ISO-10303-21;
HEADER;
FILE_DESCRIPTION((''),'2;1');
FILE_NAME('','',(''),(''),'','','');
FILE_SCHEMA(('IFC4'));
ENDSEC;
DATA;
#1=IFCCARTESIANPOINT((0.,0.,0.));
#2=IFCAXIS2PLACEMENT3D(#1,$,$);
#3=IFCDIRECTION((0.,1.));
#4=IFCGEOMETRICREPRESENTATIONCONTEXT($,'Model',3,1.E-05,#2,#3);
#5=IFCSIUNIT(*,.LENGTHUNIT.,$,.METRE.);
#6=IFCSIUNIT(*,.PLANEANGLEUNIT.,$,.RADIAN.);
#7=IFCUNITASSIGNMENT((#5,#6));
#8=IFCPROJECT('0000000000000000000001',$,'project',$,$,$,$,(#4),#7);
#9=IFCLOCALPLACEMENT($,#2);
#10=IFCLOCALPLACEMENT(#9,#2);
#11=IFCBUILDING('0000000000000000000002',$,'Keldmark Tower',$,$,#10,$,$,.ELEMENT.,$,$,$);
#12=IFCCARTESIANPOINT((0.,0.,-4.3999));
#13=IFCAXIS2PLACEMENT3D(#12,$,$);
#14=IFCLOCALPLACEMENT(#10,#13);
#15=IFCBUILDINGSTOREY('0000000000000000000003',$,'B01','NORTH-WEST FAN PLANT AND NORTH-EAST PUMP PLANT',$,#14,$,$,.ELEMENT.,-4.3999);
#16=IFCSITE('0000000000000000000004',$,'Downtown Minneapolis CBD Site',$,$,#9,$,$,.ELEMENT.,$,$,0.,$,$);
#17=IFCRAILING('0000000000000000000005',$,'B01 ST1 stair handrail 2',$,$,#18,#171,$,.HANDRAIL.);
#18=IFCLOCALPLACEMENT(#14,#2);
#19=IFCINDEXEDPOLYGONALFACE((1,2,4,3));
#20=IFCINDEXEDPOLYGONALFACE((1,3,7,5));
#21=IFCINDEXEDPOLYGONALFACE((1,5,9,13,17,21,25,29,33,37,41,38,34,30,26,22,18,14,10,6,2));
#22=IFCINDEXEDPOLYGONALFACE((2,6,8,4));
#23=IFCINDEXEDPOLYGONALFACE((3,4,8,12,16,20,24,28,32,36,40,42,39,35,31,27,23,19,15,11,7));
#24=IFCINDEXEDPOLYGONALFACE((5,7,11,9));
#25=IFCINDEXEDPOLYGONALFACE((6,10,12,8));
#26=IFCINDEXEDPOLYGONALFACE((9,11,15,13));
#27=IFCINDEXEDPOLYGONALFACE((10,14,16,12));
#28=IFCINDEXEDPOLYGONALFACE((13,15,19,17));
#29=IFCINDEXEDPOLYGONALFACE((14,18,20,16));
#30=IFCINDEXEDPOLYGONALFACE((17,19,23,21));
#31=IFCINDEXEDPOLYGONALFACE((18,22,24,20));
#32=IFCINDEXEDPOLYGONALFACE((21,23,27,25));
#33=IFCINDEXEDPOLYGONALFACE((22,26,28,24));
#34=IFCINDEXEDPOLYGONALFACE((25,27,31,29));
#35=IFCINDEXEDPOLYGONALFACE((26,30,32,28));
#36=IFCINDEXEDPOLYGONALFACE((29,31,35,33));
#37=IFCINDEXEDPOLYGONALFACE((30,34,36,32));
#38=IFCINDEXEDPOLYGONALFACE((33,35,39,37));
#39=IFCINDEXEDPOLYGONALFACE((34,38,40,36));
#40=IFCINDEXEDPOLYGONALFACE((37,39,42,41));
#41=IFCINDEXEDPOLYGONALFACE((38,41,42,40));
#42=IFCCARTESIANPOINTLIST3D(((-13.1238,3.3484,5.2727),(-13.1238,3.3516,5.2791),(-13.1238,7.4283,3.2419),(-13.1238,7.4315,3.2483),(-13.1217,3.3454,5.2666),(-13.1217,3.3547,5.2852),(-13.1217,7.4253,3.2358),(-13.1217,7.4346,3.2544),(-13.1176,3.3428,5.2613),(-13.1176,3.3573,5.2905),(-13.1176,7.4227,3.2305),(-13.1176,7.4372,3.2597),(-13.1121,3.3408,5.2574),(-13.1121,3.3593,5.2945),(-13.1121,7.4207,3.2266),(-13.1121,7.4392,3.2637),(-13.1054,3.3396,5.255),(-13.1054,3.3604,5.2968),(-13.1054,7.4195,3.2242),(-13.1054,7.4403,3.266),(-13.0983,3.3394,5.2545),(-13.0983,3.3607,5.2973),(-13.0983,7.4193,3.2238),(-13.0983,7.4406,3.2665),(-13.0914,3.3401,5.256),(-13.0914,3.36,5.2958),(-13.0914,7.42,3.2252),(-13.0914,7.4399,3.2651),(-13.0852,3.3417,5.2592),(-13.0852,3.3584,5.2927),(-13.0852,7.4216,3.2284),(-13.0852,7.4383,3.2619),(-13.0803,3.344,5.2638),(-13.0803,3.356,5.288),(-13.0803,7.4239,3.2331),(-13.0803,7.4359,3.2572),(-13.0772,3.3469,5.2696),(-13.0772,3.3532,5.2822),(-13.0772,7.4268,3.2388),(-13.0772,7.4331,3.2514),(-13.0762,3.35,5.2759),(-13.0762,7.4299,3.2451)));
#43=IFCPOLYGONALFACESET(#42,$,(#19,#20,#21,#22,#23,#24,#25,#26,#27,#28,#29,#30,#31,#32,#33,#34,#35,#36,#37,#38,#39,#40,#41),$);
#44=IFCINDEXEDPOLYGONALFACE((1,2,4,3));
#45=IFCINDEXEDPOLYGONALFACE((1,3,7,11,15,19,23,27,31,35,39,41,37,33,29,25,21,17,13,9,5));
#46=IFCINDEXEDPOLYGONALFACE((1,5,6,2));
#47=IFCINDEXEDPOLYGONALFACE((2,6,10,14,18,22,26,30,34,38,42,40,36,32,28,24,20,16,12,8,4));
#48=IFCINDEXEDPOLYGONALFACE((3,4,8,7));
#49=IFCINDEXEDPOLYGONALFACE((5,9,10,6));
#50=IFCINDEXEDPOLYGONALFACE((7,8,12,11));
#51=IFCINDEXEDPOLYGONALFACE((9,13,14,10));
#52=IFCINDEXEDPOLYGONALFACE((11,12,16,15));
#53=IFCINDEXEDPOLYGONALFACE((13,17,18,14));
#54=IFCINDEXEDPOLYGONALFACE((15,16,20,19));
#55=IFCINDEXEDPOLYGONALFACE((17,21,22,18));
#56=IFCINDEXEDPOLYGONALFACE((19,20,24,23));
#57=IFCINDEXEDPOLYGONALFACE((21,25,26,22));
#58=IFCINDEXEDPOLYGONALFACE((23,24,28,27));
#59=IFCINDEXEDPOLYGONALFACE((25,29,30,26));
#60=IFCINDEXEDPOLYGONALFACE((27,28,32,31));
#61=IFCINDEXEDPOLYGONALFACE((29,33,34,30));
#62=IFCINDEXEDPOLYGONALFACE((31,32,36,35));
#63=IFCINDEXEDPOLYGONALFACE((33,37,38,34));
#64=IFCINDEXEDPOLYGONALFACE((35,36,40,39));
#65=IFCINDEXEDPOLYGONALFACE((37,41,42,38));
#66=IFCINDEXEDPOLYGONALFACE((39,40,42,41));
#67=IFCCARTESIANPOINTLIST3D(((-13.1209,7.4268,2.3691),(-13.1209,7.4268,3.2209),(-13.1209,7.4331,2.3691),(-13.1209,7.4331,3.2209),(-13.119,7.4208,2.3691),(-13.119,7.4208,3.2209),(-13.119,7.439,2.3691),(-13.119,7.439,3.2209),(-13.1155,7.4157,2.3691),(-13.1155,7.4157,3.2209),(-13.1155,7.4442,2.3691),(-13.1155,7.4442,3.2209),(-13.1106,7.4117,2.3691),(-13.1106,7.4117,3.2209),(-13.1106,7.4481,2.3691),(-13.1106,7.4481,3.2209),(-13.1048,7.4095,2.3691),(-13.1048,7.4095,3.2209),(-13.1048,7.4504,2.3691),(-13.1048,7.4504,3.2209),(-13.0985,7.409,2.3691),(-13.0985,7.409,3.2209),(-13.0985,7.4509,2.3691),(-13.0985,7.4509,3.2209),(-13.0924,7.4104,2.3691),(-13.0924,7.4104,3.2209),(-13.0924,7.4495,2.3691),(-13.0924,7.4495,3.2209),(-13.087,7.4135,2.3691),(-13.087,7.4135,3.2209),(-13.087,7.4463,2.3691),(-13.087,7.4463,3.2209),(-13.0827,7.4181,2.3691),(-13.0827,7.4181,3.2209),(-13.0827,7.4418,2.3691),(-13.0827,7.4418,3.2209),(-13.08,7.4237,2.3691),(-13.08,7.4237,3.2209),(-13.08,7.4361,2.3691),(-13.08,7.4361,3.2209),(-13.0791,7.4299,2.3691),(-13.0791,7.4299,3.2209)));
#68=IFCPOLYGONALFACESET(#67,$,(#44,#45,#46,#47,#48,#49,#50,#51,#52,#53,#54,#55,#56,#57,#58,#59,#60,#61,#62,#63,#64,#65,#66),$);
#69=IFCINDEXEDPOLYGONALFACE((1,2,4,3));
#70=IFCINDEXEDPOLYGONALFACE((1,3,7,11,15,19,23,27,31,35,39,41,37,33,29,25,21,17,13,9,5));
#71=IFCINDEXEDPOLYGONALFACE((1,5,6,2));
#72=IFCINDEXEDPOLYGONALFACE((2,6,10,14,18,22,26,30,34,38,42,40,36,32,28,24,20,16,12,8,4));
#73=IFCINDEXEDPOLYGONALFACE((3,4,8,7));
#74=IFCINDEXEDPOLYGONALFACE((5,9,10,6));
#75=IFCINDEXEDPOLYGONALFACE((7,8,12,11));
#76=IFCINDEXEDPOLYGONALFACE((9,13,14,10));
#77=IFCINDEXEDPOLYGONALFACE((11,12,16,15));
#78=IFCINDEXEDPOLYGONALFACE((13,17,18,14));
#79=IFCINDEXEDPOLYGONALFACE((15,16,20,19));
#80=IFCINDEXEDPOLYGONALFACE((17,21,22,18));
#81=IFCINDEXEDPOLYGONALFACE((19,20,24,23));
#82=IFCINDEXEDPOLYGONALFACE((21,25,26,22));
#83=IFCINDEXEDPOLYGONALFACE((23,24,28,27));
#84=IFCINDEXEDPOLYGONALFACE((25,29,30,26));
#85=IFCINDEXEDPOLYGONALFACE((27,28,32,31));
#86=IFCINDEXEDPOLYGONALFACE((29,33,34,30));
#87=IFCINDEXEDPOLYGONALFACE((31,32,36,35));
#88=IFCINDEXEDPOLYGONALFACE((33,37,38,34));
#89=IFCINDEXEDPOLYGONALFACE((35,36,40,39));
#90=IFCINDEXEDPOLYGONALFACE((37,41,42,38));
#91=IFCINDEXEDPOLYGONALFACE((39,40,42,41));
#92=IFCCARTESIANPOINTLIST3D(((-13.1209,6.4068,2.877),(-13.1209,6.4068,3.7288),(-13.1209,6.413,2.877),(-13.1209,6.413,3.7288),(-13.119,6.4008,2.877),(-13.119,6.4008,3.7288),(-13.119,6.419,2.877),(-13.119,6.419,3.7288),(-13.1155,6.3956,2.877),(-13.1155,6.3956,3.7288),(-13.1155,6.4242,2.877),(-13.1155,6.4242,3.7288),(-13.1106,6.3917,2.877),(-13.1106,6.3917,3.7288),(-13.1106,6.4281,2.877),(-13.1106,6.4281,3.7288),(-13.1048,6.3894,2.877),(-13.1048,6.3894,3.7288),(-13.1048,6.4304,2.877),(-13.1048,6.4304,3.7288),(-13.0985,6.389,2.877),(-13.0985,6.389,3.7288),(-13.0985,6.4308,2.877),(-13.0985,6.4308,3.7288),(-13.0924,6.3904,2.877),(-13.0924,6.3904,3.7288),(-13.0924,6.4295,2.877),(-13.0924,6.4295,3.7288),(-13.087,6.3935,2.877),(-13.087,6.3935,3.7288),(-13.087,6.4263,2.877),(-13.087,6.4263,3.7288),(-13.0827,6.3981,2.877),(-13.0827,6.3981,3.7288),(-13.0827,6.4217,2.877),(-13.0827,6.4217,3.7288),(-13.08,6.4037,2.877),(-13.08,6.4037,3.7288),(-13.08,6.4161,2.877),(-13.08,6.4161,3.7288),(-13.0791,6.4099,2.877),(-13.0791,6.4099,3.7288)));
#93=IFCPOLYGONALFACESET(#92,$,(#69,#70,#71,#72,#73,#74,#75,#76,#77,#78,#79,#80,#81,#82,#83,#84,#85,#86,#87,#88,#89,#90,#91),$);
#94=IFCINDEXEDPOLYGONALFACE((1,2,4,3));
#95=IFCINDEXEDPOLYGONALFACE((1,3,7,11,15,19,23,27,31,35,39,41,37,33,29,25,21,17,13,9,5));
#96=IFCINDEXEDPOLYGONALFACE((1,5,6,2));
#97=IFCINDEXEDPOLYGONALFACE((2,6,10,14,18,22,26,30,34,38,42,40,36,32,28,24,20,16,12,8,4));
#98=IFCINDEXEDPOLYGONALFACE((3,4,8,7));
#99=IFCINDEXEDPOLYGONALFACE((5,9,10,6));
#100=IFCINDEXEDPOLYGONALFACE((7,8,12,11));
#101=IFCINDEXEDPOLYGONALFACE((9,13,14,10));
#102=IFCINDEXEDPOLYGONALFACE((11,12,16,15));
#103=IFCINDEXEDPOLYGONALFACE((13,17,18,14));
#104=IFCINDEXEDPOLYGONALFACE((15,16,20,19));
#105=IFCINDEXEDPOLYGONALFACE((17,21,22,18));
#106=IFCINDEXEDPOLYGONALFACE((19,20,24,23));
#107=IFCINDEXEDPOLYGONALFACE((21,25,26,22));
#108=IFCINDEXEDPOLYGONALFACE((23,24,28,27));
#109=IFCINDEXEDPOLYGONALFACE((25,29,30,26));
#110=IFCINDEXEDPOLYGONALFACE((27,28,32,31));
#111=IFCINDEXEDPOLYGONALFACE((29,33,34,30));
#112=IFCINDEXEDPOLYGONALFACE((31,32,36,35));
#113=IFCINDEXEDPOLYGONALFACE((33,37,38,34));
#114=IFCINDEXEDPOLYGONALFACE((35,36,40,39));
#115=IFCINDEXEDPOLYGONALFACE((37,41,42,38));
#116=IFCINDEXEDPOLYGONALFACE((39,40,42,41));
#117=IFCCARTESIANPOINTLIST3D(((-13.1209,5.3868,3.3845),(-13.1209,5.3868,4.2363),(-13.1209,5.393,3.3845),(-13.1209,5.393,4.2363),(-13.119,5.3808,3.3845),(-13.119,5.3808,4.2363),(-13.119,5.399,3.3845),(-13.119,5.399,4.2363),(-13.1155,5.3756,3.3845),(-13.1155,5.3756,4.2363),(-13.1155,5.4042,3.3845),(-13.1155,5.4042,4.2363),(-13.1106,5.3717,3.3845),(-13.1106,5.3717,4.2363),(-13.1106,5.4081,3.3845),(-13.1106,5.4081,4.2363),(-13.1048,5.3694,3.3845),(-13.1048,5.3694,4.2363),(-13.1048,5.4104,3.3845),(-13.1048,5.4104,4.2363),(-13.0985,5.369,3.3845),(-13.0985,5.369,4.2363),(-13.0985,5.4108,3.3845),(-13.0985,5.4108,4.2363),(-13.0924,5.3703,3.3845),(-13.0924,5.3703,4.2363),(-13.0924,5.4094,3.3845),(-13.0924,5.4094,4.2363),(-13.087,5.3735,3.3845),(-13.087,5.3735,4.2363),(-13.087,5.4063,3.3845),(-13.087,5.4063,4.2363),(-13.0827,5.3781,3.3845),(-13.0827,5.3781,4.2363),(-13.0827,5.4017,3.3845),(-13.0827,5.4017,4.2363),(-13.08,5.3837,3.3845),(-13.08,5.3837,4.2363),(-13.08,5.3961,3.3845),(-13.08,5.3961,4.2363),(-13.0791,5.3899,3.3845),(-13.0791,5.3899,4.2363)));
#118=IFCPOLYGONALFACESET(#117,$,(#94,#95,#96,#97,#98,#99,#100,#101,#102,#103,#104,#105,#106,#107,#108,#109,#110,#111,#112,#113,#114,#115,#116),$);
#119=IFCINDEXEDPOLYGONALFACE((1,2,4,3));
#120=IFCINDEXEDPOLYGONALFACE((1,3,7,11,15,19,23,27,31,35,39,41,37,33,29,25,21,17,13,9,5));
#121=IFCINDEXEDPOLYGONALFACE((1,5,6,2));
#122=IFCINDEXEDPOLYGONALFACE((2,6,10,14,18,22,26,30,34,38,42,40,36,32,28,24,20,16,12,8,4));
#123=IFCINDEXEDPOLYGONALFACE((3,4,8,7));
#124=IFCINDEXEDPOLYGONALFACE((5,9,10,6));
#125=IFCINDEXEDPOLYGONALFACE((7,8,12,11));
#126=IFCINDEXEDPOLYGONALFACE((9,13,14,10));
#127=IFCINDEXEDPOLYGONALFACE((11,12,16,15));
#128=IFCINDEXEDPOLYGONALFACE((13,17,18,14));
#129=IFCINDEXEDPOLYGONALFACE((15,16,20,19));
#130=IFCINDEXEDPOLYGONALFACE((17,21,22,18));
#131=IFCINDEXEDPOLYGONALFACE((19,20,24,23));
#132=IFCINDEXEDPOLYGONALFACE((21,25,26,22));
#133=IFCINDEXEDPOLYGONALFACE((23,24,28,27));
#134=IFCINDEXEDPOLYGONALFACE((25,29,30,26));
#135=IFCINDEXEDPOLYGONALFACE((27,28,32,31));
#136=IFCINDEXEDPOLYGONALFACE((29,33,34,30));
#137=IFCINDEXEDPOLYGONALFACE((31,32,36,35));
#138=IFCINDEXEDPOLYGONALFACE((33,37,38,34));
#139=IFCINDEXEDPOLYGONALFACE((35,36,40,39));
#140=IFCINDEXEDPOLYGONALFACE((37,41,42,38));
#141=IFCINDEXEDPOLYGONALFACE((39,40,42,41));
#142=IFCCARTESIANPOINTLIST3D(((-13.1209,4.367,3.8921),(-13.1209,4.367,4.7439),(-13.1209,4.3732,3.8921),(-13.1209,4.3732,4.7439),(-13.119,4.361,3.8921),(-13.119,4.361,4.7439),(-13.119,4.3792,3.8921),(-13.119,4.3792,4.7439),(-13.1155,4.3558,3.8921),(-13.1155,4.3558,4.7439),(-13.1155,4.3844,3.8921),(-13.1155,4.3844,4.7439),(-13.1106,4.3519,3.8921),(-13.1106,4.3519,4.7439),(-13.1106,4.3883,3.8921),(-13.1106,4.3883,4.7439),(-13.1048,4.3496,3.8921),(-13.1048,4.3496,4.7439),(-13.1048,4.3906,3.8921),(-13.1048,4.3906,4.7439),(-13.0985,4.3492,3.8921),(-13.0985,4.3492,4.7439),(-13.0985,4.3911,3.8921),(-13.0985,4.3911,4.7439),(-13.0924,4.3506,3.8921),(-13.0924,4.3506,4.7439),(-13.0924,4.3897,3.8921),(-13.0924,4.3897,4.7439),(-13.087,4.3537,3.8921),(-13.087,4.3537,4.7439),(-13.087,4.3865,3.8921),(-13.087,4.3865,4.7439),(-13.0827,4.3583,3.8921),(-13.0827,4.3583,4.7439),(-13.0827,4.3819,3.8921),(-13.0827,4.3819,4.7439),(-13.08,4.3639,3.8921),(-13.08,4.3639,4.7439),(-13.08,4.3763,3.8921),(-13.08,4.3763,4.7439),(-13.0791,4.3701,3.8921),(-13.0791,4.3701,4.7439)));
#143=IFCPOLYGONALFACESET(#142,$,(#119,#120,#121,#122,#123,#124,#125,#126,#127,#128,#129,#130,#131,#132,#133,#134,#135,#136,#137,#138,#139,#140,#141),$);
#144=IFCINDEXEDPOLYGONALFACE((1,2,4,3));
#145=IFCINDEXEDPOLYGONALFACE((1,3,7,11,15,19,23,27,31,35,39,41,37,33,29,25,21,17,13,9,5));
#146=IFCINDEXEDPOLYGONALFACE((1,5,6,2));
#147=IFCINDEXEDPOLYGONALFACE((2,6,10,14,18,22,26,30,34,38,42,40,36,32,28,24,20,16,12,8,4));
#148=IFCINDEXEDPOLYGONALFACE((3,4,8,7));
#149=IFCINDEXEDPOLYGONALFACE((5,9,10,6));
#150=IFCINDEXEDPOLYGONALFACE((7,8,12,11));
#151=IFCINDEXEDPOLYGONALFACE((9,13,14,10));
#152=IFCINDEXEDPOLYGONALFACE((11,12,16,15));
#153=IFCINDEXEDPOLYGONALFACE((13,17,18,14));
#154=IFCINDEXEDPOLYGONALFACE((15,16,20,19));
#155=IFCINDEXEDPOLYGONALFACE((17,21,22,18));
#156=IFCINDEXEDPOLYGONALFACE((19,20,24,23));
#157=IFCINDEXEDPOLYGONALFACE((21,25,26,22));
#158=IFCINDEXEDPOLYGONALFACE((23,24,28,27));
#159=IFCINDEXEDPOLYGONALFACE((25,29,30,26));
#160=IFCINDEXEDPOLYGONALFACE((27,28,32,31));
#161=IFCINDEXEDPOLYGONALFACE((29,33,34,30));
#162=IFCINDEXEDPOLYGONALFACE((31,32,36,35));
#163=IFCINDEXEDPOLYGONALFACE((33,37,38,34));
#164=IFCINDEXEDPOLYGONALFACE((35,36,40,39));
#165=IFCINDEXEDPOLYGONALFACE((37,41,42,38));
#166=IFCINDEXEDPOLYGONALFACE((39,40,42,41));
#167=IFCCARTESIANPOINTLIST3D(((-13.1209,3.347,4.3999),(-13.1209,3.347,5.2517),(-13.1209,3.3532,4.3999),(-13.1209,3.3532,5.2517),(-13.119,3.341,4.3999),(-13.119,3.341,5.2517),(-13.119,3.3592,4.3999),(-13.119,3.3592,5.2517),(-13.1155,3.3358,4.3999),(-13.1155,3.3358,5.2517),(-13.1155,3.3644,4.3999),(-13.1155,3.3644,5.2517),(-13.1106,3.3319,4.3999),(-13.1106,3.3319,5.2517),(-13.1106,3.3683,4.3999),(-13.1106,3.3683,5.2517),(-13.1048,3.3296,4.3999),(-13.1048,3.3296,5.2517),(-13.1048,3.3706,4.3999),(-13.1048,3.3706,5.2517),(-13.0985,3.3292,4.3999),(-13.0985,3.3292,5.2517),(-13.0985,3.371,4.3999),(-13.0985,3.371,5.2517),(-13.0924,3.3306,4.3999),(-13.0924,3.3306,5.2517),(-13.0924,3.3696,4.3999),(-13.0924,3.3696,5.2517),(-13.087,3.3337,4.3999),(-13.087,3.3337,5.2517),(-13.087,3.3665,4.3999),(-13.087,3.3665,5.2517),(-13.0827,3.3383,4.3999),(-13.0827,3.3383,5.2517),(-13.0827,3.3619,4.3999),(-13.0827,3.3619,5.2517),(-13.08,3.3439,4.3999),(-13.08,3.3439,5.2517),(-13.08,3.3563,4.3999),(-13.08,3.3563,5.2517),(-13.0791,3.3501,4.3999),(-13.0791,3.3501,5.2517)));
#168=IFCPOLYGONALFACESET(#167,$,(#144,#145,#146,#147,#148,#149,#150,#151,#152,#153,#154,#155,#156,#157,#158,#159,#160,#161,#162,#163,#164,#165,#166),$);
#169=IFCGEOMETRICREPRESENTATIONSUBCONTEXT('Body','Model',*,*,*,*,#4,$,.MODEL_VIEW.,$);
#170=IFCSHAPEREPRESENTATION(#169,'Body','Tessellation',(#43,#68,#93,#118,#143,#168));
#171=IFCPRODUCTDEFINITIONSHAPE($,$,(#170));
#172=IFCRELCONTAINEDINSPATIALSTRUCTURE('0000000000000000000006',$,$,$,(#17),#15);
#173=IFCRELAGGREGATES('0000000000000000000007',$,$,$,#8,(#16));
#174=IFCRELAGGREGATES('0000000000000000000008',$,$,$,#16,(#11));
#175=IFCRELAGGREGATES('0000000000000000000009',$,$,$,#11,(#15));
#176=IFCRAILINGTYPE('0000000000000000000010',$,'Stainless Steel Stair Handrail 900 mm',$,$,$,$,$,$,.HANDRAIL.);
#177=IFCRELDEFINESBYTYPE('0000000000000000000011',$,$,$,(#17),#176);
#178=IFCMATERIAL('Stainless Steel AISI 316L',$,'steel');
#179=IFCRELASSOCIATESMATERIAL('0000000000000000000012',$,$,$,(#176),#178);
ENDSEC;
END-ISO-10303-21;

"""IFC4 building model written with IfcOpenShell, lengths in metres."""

from ifc_helpers import new_model, si_unit, direction, frame, origin, origin_2d, place, context, subcontext, project, spatial, circle, extrude, material, type_object, element, save


model = new_model("IFC4")

# Units and contexts
model_context = context("Model", 3, precision=1e-05, world=origin(), true_north=direction((0.0, 1.0)))
body_context = subcontext(model_context, "Body", "Model", "MODEL_VIEW")
ifc_project = project(units=[si_unit("LENGTHUNIT", "METRE"), si_unit("PLANEANGLEUNIT", "RADIAN")], contexts=[model_context])

# Site, building, storey
site_placement = place(None, origin())
site = spatial("IfcSite", under=ifc_project, at=site_placement, Name="Downtown Minneapolis CBD Site", CompositionType="ELEMENT", RefElevation=0.0)
building_placement = place(site_placement, origin())
building = spatial("IfcBuilding", under=site, at=building_placement, Name="Keldmark Tower", CompositionType="ELEMENT")
storey_placement = place(building_placement, frame((0.0, 0.0, -4.3999)))
storey = spatial("IfcBuildingStorey", under=building, at=storey_placement, Name="B01", Description="NORTH-WEST FAN PLANT AND NORTH-EAST PUMP PLANT", CompositionType="ELEMENT", Elevation=-4.3999)

# Railing
ifc_material_1 = material(Name="Stainless Steel AISI 316L", Category="steel")
railing_type_1 = type_object("IfcRailingType", Name="Stainless Steel Stair Handrail 900 mm", PredefinedType="HANDRAIL", material=ifc_material_1)
railing_1_placement = place(storey_placement, frame((-13.1001, 7.4299, 2.3691)))
element("IfcRailing", 1, at=railing_1_placement, inside=storey, type_object=railing_type_1, Name="B01 ST1 stair handrail 2", PredefinedType="HANDRAIL", context=body_context, shape_type="SweptSolid", body=[
    extrude(circle(Radius=0.0239, at=origin_2d()), frame((0.0, 0.0, 0.876), z_axis=(0.0, -0.895229, 0.445606), x_axis=(1.0, 0.0, 0.0)), (0.0, 0.0, 1.0), 4.5574),
    extrude(circle(Radius=0.021, at=origin_2d()), origin(), (0.0, 0.0, 1.0), 0.8518),
    extrude(circle(Radius=0.021, at=origin_2d()), frame((0.0, -1.02, 0.5078)), (0.0, 0.0, 1.0), 0.8518),
    extrude(circle(Radius=0.021, at=origin_2d()), frame((0.0, -2.04, 1.0154)), (0.0, 0.0, 1.0), 0.8518),
    extrude(circle(Radius=0.021, at=origin_2d()), frame((0.0, -3.0598, 1.5229)), (0.0, 0.0, 1.0), 0.8518),
    extrude(circle(Radius=0.021, at=origin_2d()), frame((0.0, -4.0798, 2.0308)), (0.0, 0.0, 1.0), 0.8518),
])

save(model, "model.ifc")
